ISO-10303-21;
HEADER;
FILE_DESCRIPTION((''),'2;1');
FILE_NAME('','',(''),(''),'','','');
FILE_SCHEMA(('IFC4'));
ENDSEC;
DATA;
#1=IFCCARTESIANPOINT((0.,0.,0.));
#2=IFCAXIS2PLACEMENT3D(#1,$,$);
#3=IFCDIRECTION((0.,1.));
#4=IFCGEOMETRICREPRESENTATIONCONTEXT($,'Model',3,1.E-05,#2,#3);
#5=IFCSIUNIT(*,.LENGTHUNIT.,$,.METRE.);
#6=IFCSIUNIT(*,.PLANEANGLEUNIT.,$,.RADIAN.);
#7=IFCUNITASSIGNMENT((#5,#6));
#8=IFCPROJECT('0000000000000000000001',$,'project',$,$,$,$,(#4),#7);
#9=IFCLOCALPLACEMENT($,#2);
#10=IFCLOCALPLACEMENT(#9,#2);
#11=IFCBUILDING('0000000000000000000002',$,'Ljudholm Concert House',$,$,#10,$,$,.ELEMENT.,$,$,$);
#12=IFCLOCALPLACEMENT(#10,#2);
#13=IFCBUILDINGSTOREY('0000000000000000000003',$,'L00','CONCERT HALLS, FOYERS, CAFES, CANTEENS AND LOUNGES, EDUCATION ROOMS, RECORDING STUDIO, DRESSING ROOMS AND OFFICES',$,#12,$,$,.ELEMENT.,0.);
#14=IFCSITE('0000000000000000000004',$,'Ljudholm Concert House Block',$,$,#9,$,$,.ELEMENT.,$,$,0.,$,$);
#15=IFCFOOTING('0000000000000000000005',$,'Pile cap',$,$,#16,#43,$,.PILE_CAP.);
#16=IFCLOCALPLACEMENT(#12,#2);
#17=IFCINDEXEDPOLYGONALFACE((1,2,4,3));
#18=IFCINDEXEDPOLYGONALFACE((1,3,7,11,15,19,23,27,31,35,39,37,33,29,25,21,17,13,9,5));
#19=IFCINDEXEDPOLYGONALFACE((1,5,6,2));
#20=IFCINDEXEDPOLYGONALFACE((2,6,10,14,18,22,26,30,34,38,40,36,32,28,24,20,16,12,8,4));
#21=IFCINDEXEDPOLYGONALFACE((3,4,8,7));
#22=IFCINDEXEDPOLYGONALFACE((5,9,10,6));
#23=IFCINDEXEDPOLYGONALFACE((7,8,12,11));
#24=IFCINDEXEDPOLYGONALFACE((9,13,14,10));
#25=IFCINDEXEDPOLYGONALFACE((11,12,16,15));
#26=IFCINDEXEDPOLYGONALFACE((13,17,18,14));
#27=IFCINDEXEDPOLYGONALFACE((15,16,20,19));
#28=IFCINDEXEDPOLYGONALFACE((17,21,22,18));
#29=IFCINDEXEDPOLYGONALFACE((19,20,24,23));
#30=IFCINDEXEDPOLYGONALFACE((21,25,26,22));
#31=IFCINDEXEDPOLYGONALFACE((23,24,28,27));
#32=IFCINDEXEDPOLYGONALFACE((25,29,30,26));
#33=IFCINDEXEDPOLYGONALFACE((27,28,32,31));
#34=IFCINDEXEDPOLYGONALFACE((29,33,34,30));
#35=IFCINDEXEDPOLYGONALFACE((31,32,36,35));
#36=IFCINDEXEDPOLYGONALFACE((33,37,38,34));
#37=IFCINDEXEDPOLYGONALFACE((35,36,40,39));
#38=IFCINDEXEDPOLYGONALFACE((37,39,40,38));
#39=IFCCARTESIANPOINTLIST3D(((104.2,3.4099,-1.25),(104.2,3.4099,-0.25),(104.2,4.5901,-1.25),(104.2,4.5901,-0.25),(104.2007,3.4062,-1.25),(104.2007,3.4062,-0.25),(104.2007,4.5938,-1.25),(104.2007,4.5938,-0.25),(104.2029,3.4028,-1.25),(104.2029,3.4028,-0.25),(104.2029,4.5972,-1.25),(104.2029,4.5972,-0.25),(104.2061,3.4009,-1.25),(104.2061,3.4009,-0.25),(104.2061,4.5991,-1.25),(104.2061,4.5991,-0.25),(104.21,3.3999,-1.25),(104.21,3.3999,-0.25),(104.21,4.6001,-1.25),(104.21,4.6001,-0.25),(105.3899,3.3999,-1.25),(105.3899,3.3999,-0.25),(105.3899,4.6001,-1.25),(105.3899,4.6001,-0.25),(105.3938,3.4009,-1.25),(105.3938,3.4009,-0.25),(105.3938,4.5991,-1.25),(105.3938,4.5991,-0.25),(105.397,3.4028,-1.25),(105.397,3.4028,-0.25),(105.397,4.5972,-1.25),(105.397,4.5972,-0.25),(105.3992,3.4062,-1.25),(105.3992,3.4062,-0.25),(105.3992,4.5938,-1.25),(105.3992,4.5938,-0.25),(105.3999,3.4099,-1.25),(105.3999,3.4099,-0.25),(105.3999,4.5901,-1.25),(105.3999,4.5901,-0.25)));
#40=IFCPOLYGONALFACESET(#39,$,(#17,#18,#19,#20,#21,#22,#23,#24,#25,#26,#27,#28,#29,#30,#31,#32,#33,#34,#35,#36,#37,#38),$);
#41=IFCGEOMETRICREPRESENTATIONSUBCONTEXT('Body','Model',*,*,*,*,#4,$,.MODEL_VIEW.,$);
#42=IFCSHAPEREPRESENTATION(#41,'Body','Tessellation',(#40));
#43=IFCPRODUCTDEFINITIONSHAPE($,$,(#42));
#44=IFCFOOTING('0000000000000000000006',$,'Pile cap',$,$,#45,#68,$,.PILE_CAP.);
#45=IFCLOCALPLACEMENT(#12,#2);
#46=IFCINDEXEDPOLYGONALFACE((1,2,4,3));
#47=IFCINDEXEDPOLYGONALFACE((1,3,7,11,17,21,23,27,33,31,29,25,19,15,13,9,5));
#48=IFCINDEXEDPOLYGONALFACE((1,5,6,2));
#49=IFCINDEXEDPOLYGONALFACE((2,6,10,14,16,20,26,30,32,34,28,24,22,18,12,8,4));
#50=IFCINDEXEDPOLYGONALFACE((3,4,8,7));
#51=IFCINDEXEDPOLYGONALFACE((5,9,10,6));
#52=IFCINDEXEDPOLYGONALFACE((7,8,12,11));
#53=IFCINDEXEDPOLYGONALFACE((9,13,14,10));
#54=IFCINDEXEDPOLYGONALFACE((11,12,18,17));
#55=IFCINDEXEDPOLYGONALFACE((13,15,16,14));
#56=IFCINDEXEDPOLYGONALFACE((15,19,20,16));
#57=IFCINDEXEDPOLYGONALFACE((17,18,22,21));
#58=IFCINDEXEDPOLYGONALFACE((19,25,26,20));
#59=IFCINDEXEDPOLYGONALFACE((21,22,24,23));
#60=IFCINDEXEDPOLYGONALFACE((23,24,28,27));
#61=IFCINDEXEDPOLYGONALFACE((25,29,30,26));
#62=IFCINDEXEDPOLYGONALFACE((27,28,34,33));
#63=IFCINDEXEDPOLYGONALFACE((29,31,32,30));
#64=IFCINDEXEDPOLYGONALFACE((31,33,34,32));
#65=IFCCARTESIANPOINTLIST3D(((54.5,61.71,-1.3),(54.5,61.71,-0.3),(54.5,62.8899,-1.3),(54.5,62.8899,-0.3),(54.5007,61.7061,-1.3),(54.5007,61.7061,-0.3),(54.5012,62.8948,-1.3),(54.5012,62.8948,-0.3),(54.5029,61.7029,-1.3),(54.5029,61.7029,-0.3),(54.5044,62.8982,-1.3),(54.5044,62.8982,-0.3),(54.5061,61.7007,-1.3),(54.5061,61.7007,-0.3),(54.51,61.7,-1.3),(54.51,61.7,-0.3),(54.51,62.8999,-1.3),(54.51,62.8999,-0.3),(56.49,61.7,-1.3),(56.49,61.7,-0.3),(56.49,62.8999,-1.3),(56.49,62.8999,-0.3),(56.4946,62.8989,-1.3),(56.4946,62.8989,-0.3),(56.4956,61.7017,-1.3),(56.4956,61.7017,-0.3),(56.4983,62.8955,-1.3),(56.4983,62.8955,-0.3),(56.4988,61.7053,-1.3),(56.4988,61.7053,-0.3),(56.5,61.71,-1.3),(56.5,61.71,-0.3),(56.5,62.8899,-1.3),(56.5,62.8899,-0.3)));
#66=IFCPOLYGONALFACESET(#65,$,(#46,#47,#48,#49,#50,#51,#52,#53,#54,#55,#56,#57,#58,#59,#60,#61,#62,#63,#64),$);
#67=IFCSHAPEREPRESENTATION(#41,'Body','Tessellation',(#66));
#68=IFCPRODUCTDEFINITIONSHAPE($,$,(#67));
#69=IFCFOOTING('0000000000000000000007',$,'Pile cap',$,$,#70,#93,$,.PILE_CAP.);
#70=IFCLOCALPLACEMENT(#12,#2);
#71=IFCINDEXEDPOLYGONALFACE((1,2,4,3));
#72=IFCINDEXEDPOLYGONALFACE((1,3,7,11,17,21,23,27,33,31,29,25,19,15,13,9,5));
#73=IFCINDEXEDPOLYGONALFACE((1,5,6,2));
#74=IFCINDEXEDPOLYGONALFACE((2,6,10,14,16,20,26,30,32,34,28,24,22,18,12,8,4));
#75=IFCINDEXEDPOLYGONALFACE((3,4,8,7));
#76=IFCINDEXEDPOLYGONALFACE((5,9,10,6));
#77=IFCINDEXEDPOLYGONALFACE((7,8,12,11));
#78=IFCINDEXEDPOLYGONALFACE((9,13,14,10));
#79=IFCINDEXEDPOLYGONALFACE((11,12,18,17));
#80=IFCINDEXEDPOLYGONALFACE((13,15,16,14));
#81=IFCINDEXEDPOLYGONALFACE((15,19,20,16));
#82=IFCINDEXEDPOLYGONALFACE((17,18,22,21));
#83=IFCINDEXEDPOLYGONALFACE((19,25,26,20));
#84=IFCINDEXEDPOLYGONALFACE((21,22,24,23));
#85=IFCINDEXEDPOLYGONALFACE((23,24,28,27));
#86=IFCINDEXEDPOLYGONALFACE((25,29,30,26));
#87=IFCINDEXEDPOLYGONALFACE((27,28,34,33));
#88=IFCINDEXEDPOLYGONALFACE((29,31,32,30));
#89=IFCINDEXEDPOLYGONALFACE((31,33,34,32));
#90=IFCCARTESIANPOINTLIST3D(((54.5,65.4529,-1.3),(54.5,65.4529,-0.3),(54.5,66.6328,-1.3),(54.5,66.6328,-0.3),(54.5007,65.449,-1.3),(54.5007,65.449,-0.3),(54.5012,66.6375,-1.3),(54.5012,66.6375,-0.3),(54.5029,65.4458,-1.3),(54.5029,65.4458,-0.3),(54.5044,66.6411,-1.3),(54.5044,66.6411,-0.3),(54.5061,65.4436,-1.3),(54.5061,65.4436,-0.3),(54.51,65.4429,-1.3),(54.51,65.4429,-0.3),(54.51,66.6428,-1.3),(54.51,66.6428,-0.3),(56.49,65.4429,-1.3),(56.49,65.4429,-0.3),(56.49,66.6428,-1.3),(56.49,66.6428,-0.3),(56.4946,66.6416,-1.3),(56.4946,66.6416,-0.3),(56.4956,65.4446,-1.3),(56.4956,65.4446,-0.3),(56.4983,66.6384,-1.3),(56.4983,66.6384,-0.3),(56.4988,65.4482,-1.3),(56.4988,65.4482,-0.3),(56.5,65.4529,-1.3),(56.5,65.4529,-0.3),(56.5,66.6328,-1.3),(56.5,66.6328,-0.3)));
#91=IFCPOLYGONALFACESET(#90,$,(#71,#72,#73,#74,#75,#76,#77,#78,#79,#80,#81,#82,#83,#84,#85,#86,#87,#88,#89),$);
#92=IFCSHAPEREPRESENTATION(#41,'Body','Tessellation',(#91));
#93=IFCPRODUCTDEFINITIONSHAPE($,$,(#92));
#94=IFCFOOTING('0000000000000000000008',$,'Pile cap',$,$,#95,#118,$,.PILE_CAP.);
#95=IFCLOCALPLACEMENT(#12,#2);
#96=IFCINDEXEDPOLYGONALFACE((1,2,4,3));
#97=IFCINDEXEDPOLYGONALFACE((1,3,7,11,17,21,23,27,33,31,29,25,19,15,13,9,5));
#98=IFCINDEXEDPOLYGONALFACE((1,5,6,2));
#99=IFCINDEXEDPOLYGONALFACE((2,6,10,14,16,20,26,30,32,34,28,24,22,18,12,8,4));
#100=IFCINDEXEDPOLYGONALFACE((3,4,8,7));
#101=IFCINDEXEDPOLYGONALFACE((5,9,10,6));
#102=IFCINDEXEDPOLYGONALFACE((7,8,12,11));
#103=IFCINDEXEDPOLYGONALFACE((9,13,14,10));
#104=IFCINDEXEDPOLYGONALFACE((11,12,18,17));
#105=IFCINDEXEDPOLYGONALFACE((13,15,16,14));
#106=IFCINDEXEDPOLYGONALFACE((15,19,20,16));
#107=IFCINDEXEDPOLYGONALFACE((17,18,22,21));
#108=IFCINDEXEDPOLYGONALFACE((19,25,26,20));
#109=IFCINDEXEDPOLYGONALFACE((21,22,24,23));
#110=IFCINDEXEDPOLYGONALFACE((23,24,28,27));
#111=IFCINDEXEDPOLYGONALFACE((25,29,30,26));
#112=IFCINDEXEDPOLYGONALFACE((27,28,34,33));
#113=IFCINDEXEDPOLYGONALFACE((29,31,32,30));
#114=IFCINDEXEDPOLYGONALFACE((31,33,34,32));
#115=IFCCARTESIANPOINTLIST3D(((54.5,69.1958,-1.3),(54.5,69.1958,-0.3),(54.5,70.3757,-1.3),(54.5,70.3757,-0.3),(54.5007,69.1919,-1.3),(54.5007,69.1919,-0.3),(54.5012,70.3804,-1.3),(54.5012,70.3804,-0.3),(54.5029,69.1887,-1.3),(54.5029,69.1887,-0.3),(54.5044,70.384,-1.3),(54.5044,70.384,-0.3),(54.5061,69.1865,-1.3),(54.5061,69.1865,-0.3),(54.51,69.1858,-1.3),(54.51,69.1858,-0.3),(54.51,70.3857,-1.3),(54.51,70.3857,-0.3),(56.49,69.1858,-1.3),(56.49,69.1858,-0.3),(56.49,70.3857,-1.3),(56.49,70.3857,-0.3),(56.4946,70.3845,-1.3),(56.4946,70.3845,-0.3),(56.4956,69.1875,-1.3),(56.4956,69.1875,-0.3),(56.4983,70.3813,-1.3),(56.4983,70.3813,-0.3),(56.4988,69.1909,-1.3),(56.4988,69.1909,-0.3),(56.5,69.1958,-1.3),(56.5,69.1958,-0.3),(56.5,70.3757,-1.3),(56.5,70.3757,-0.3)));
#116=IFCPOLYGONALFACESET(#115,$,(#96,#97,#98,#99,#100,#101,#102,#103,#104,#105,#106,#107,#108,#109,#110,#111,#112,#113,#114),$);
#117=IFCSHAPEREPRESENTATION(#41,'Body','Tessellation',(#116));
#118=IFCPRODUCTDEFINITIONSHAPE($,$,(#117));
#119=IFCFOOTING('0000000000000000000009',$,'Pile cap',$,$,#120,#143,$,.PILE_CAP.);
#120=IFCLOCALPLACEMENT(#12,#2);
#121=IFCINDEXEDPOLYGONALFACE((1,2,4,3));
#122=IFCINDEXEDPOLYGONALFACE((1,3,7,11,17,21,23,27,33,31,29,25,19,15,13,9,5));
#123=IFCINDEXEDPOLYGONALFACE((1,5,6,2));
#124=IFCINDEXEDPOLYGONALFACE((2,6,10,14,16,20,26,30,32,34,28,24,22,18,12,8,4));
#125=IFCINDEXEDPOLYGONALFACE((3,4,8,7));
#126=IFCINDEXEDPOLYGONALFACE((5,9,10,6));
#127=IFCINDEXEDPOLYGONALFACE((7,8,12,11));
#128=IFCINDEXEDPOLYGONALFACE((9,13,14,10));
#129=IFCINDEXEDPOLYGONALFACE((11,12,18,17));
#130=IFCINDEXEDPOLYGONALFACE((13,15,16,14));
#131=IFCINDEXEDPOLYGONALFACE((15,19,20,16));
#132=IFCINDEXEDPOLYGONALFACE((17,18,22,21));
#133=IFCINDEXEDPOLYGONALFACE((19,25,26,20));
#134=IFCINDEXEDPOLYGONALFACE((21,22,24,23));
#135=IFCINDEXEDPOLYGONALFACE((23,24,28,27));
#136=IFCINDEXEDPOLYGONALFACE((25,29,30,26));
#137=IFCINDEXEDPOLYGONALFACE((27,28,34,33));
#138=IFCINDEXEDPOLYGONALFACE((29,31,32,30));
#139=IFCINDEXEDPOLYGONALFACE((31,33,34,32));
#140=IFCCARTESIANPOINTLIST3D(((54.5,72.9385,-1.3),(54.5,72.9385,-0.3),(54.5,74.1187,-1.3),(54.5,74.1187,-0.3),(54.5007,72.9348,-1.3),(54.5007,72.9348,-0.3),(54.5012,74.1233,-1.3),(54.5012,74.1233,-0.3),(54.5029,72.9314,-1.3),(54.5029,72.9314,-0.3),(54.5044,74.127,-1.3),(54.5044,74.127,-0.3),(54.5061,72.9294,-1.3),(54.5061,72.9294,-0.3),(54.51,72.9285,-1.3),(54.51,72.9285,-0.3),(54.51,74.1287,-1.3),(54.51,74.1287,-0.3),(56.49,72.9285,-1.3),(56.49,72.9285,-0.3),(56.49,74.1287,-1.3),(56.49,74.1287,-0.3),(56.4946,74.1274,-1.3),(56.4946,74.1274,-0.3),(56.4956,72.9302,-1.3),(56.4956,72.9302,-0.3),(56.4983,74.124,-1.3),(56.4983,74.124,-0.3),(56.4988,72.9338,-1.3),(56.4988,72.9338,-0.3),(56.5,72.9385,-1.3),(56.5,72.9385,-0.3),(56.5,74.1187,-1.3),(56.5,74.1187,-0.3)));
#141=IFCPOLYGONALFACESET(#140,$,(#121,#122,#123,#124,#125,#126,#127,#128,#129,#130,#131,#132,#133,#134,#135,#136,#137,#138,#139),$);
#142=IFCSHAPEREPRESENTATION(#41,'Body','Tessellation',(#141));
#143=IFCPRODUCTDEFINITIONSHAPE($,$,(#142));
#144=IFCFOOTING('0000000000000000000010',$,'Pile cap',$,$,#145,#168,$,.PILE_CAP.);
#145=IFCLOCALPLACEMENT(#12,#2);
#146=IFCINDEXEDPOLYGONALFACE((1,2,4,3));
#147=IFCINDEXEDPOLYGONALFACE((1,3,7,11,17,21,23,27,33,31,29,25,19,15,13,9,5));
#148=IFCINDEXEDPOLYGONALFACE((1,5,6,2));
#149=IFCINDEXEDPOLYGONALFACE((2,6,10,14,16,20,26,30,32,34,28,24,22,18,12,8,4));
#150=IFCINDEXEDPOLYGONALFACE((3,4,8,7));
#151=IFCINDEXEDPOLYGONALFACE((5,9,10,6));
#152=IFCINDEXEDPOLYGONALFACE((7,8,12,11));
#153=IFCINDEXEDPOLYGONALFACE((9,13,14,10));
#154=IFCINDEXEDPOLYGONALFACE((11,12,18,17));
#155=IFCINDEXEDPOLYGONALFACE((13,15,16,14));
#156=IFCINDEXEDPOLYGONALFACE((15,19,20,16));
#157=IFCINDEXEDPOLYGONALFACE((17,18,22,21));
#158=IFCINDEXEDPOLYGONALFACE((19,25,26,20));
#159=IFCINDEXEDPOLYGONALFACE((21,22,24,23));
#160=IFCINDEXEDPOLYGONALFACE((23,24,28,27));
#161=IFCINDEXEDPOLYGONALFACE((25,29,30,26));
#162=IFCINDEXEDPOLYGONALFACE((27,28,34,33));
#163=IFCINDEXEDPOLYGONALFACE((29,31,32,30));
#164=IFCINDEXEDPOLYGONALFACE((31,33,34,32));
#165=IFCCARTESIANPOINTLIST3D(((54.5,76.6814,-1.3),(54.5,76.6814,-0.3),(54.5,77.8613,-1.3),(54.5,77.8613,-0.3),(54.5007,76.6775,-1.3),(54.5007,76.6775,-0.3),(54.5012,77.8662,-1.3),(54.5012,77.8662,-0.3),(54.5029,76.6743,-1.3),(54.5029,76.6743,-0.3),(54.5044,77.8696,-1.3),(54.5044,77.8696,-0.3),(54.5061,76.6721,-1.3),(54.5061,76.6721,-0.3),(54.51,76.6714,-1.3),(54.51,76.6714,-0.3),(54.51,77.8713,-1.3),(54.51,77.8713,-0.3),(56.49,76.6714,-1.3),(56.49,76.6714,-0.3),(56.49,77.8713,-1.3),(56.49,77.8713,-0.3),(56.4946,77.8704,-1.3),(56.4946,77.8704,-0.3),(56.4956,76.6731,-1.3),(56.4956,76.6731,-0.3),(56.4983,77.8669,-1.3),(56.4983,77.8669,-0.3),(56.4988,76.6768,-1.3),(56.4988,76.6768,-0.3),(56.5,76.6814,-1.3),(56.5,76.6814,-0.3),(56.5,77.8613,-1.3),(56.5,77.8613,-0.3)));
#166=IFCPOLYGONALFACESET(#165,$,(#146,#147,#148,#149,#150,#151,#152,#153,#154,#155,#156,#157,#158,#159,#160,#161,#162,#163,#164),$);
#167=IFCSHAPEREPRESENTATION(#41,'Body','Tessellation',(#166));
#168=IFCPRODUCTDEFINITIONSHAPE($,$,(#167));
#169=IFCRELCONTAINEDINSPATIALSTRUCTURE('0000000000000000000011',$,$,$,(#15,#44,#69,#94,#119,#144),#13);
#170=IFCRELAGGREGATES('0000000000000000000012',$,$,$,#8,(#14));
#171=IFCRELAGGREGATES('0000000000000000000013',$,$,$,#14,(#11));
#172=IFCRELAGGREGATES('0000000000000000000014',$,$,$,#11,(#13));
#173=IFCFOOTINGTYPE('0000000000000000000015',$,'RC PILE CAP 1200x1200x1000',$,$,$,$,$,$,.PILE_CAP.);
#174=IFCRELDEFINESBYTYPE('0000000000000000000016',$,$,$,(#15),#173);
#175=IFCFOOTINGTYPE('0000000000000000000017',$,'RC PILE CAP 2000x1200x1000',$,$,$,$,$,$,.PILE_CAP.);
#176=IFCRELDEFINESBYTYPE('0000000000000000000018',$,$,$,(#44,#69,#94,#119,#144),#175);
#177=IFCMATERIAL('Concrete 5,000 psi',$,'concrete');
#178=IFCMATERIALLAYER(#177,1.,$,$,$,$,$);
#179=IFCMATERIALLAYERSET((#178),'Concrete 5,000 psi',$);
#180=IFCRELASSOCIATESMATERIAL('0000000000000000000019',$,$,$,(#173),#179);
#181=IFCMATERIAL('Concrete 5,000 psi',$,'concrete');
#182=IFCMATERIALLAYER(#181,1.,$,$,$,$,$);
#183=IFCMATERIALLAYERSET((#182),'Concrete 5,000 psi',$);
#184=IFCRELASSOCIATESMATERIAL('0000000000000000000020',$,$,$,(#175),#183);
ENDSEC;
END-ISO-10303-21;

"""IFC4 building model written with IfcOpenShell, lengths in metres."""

from ifc_helpers import new_model, si_unit, direction, frame, origin, place, context, subcontext, project, spatial, polyline, outline, extrude, material, layer, layer_set, type_object, element, save


model = new_model("IFC4")

# Units and contexts
model_context = context("Model", 3, precision=1e-05, world=origin(), true_north=direction((0.0, 1.0)))
body_context = subcontext(model_context, "Body", "Model", "MODEL_VIEW")
ifc_project = project(units=[si_unit("LENGTHUNIT", "METRE"), si_unit("PLANEANGLEUNIT", "RADIAN")], contexts=[model_context])

# Site, building, storey
site_placement = place(None, origin())
site = spatial("IfcSite", under=ifc_project, at=site_placement, Name="Ljudholm Concert House Block", CompositionType="ELEMENT", RefElevation=0.0)
building_placement = place(site_placement, origin())
building = spatial("IfcBuilding", under=site, at=building_placement, Name="Ljudholm Concert House", CompositionType="ELEMENT")
storey_placement = place(building_placement, origin())
storey = spatial("IfcBuildingStorey", under=building, at=storey_placement, Name="L00", Description="CONCERT HALLS, FOYERS, CAFES, CANTEENS AND LOUNGES, EDUCATION ROOMS, RECORDING STUDIO, DRESSING ROOMS AND OFFICES", CompositionType="ELEMENT", Elevation=0.0)

# Footings
ifc_material_1 = material(Name="Concrete 5,000 psi", Category="concrete")
ifc_layer_1 = layer(ifc_material_1, 1.0)
ifc_layer_set_1 = layer_set([ifc_layer_1], Name="Concrete 5,000 psi")
footing_type_1 = type_object("IfcFootingType", Name="RC PILE CAP 1200x1200x1000", PredefinedType="PILE_CAP", material=ifc_layer_set_1)
footing_1_placement = place(storey_placement, frame((0.0, 0.0, -1.25)))
element("IfcFooting", 1, at=footing_1_placement, inside=storey, type_object=footing_type_1, Name="Pile cap", PredefinedType="PILE_CAP", context=body_context, shape_type="SweptSolid", body=[
    extrude(outline(polyline([(104.2, 4.5901), (104.2, 3.4099), (104.2007, 3.4062), (104.2029, 3.4028), (104.2061, 3.4009), (104.21, 3.3999), (105.3899, 3.3999), (105.3938, 3.4009), (105.397, 3.4028), (105.3992, 3.4062), (105.3999, 3.4099), (105.3999, 4.5901), (105.3992, 4.5938), (105.397, 4.5972), (105.3938, 4.5991), (105.3899, 4.6001), (104.21, 4.6001), (104.2061, 4.5991), (104.2029, 4.5972), (104.2007, 4.5938), (104.2, 4.5901)])), origin(), (0.0, 0.0, 1.0), 1.0),
])
ifc_material_2 = material(Name="Concrete 5,000 psi", Category="concrete")
ifc_layer_2 = layer(ifc_material_2, 1.0)
ifc_layer_set_2 = layer_set([ifc_layer_2], Name="Concrete 5,000 psi")
footing_type_2 = type_object("IfcFootingType", Name="RC PILE CAP 2000x1200x1000", PredefinedType="PILE_CAP", material=ifc_layer_set_2)
footing_2_placement = place(storey_placement, frame((0.0, 0.0, -1.3)))
element("IfcFooting", 2, at=footing_2_placement, inside=storey, type_object=footing_type_2, Name="Pile cap", PredefinedType="PILE_CAP", context=body_context, shape_type="SweptSolid", body=[
    extrude(outline(polyline([(54.51, 61.7), (56.49, 61.7), (56.4956, 61.7017), (56.4988, 61.7053), (56.5, 61.71), (56.5, 62.8899), (56.4983, 62.8955), (56.4946, 62.8989), (56.49, 62.8999), (54.51, 62.8999), (54.5044, 62.8982), (54.5012, 62.8948), (54.5, 62.8899), (54.5, 61.71), (54.5007, 61.7061), (54.5029, 61.7029), (54.5061, 61.7007), (54.51, 61.7)])), origin(), (0.0, 0.0, 1.0), 1.0),
])
footing_3_placement = place(storey_placement, frame((0.0, 0.0, -1.3)))
element("IfcFooting", 3, at=footing_3_placement, inside=storey, type_object=footing_type_2, Name="Pile cap", PredefinedType="PILE_CAP", context=body_context, shape_type="SweptSolid", body=[
    extrude(outline(polyline([(54.51, 65.4429), (56.49, 65.4429), (56.4956, 65.4446), (56.4988, 65.4482), (56.5, 65.4529), (56.5, 66.6328), (56.4983, 66.6384), (56.4946, 66.6416), (56.49, 66.6428), (54.51, 66.6428), (54.5044, 66.6411), (54.5012, 66.6375), (54.5, 66.6328), (54.5, 65.4529), (54.5007, 65.449), (54.5029, 65.4458), (54.5061, 65.4436), (54.51, 65.4429)])), origin(), (0.0, 0.0, 1.0), 1.0),
])
footing_4_placement = place(storey_placement, frame((0.0, 0.0, -1.3)))
element("IfcFooting", 4, at=footing_4_placement, inside=storey, type_object=footing_type_2, Name="Pile cap", PredefinedType="PILE_CAP", context=body_context, shape_type="SweptSolid", body=[
    extrude(outline(polyline([(54.51, 69.1858), (56.49, 69.1858), (56.4956, 69.1875), (56.4988, 69.1909), (56.5, 69.1958), (56.5, 70.3757), (56.4983, 70.3813), (56.4946, 70.3845), (56.49, 70.3857), (54.51, 70.3857), (54.5044, 70.384), (54.5012, 70.3804), (54.5, 70.3757), (54.5, 69.1958), (54.5007, 69.1919), (54.5029, 69.1887), (54.5061, 69.1865), (54.51, 69.1858)])), origin(), (0.0, 0.0, 1.0), 1.0),
])
footing_5_placement = place(storey_placement, frame((0.0, 0.0, -1.3)))
element("IfcFooting", 5, at=footing_5_placement, inside=storey, type_object=footing_type_2, Name="Pile cap", PredefinedType="PILE_CAP", context=body_context, shape_type="SweptSolid", body=[
    extrude(outline(polyline([(54.51, 72.9285), (56.49, 72.9285), (56.4956, 72.9302), (56.4988, 72.9338), (56.5, 72.9385), (56.5, 74.1187), (56.4983, 74.124), (56.4946, 74.1274), (56.49, 74.1287), (54.51, 74.1287), (54.5044, 74.127), (54.5012, 74.1233), (54.5, 74.1187), (54.5, 72.9385), (54.5007, 72.9348), (54.5029, 72.9314), (54.5061, 72.9294), (54.51, 72.9285)])), origin(), (0.0, 0.0, 1.0), 1.0),
])
footing_6_placement = place(storey_placement, frame((0.0, 0.0, -1.3)))
element("IfcFooting", 6, at=footing_6_placement, inside=storey, type_object=footing_type_2, Name="Pile cap", PredefinedType="PILE_CAP", context=body_context, shape_type="SweptSolid", body=[
    extrude(outline(polyline([(54.51, 76.6714), (56.49, 76.6714), (56.4956, 76.6731), (56.4988, 76.6768), (56.5, 76.6814), (56.5, 77.8613), (56.4983, 77.8669), (56.4946, 77.8704), (56.49, 77.8713), (54.51, 77.8713), (54.5044, 77.8696), (54.5012, 77.8662), (54.5, 77.8613), (54.5, 76.6814), (54.5007, 76.6775), (54.5029, 76.6743), (54.5061, 76.6721), (54.51, 76.6714)])), origin(), (0.0, 0.0, 1.0), 1.0),
])

save(model, "model.ifc")
